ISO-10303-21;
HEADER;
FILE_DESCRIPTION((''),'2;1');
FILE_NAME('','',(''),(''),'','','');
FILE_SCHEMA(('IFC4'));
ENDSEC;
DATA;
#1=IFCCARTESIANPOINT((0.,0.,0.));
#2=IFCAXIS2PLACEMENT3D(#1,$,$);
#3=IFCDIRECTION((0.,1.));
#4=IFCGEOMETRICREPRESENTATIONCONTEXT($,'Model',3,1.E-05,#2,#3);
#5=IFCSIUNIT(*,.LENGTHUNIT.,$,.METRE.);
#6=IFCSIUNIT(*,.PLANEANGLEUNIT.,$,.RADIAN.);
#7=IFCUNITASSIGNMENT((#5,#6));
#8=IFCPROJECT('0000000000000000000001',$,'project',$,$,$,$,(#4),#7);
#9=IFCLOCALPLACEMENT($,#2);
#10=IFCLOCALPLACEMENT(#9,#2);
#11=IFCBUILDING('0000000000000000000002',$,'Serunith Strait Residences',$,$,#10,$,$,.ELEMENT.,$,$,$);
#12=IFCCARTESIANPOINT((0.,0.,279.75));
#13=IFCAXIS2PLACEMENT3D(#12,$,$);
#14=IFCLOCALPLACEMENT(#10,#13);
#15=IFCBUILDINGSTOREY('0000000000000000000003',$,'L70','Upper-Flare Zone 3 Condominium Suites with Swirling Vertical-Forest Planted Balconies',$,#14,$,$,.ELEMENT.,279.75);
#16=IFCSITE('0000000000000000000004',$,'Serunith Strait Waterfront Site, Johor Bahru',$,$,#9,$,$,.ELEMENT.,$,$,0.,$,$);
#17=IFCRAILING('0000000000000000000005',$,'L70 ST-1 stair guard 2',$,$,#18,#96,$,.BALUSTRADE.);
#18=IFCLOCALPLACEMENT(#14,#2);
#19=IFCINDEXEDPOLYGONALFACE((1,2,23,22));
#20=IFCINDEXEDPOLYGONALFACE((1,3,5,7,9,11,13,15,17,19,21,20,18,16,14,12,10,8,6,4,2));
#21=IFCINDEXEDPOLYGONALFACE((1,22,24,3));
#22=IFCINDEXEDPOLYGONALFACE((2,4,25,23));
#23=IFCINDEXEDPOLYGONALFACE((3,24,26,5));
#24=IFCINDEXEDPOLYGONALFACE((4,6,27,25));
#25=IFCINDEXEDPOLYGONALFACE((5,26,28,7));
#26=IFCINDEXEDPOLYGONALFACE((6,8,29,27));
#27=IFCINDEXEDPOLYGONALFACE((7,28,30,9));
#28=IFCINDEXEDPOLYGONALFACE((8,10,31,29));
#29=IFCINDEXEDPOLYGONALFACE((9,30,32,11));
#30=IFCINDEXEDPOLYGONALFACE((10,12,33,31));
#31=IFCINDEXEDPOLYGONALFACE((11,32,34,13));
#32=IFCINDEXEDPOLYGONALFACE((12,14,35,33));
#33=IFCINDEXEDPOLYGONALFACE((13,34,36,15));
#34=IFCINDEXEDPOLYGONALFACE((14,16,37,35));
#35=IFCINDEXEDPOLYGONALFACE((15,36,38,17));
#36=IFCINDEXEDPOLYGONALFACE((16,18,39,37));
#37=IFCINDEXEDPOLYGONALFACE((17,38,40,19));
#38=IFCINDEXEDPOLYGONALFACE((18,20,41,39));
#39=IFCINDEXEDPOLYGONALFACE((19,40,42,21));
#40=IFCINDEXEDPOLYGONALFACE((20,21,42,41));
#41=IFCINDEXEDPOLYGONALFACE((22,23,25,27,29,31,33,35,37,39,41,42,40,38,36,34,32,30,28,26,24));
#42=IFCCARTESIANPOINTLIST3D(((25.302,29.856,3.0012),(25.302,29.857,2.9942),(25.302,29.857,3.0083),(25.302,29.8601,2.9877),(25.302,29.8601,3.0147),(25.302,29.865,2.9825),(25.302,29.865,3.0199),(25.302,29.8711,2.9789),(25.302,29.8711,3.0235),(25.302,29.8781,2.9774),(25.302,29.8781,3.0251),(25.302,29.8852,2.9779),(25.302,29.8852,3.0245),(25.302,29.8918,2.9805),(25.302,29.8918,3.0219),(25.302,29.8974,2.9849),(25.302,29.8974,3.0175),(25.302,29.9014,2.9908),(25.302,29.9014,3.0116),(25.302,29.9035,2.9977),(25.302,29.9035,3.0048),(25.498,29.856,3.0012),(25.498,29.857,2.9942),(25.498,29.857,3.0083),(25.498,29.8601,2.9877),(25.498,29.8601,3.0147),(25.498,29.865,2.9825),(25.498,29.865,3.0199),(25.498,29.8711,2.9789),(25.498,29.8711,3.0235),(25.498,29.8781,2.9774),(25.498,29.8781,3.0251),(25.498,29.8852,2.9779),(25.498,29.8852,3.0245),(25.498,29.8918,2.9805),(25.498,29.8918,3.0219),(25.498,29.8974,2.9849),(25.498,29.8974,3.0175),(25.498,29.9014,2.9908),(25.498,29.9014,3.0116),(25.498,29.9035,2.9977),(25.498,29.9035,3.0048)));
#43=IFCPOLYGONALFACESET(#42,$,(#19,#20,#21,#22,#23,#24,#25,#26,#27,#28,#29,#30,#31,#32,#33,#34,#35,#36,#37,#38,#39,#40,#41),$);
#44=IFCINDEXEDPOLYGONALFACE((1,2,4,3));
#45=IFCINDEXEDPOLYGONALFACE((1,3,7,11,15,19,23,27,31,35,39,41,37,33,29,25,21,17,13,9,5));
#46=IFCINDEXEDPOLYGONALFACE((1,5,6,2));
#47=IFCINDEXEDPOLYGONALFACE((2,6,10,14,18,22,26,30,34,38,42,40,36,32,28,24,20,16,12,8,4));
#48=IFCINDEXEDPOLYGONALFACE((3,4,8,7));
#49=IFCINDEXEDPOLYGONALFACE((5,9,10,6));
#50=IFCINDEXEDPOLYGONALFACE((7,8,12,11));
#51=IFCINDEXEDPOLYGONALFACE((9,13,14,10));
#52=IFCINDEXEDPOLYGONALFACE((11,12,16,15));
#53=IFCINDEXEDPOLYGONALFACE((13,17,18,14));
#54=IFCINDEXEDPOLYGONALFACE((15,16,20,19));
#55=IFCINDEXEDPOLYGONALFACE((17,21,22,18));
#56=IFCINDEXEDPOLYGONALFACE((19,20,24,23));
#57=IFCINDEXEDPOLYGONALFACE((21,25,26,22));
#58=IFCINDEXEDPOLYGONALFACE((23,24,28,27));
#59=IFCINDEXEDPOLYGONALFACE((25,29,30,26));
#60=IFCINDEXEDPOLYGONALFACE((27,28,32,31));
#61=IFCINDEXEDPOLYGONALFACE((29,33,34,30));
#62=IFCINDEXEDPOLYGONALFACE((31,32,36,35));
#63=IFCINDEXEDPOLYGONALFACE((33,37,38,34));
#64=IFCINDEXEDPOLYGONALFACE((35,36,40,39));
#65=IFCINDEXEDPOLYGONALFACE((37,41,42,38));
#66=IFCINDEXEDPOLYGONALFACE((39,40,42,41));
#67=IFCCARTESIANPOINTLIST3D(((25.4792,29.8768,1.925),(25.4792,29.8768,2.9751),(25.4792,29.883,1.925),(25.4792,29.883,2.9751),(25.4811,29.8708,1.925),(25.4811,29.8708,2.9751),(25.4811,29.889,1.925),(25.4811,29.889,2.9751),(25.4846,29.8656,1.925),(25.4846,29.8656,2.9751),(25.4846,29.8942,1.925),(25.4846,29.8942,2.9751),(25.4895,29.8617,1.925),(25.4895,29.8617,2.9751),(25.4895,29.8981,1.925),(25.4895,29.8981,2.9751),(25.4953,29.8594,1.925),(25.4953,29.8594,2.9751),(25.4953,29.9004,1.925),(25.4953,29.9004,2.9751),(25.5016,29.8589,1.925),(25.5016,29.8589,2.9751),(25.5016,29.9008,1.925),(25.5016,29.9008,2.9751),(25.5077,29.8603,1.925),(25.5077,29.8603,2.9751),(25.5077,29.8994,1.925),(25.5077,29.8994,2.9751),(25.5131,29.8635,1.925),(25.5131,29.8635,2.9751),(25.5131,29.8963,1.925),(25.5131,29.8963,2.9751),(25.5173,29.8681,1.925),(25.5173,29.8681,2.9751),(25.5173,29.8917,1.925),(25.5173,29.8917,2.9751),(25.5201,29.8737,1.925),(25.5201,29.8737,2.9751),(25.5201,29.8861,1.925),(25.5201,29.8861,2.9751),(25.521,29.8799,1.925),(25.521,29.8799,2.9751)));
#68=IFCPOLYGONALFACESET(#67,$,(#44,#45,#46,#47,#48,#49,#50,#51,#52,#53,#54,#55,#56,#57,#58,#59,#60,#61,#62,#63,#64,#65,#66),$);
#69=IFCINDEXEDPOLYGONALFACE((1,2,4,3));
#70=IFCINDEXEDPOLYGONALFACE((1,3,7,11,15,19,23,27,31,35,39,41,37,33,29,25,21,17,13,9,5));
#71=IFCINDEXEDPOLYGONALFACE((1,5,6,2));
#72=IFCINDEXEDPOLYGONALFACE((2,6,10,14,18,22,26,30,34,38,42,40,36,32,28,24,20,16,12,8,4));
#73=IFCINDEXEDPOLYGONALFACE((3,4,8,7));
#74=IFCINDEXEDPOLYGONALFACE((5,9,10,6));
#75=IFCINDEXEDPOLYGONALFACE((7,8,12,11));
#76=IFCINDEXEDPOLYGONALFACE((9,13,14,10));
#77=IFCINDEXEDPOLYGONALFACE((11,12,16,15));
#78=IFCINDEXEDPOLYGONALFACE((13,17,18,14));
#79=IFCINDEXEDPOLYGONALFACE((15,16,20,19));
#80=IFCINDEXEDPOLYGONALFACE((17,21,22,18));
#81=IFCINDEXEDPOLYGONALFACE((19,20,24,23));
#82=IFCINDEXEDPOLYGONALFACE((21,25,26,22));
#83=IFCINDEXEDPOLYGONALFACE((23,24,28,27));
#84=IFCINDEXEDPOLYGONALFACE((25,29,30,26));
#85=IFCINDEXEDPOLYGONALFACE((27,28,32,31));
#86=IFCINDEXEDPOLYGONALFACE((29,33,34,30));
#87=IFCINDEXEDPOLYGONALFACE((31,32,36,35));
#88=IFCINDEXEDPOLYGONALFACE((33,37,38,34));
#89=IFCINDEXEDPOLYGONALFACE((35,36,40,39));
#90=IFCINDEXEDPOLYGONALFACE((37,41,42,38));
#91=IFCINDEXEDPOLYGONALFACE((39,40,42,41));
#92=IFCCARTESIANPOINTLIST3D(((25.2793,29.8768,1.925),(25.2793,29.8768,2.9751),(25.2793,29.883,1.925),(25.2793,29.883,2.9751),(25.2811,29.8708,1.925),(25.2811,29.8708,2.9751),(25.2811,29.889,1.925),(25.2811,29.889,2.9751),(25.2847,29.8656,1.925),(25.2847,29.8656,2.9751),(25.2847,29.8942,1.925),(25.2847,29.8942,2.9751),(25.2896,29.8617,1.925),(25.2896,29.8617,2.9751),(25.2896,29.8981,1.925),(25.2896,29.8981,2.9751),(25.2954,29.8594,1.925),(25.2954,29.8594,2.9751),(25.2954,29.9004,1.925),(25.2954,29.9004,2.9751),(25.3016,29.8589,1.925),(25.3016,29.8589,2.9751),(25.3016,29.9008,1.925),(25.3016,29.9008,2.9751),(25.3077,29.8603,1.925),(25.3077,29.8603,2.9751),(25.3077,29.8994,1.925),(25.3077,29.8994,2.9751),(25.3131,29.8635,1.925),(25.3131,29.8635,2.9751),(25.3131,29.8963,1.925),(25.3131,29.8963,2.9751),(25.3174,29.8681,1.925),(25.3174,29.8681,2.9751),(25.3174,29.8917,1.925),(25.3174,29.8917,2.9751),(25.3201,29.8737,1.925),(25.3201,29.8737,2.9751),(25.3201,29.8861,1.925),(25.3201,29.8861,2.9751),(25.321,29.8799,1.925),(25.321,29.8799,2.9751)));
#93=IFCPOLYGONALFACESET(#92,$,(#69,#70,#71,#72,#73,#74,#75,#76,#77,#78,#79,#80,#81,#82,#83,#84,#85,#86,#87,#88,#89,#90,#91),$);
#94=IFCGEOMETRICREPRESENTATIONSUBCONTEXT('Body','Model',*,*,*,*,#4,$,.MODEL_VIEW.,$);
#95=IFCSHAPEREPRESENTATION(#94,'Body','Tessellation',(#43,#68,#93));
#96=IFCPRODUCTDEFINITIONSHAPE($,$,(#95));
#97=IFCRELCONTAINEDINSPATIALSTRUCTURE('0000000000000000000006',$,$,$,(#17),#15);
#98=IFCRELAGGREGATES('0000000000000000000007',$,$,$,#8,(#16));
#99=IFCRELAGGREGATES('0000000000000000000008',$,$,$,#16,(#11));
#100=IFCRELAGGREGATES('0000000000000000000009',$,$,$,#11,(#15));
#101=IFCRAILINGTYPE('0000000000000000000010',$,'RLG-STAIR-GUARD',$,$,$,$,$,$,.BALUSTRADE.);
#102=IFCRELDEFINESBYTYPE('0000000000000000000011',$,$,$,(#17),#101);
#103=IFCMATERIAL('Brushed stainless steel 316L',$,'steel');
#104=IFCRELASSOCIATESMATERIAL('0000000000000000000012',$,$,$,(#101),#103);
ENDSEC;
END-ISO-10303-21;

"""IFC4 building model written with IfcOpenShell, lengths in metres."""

from ifc_helpers import new_model, si_unit, direction, frame, origin, origin_2d, place, context, subcontext, project, spatial, circle, extrude, material, type_object, element, save


model = new_model("IFC4")

# Units and contexts
model_context = context("Model", 3, precision=1e-05, world=origin(), true_north=direction((0.0, 1.0)))
body_context = subcontext(model_context, "Body", "Model", "MODEL_VIEW")
ifc_project = project(units=[si_unit("LENGTHUNIT", "METRE"), si_unit("PLANEANGLEUNIT", "RADIAN")], contexts=[model_context])

# Site, building, storey
site_placement = place(None, origin())
site = spatial("IfcSite", under=ifc_project, at=site_placement, Name="Serunith Strait Waterfront Site, Johor Bahru", CompositionType="ELEMENT", RefElevation=0.0)
building_placement = place(site_placement, origin())
building = spatial("IfcBuilding", under=site, at=building_placement, Name="Serunith Strait Residences", CompositionType="ELEMENT")
storey_placement = place(building_placement, frame((0.0, 0.0, 279.75)))
storey = spatial("IfcBuildingStorey", under=building, at=storey_placement, Name="L70", Description="Upper-Flare Zone 3 Condominium Suites with Swirling Vertical-Forest Planted Balconies", CompositionType="ELEMENT", Elevation=279.75)

# Railing
ifc_material_1 = material(Name="Brushed stainless steel 316L", Category="steel")
railing_type_1 = type_object("IfcRailingType", Name="RLG-STAIR-GUARD", PredefinedType="BALUSTRADE", material=ifc_material_1)
railing_1_placement = place(storey_placement, frame((25.5, 29.8799, 1.925)))
element("IfcRailing", 1, at=railing_1_placement, inside=storey, type_object=railing_type_1, Name="L70 ST-1 stair guard 2", PredefinedType="BALUSTRADE", context=body_context, shape_type="SweptSolid", body=[
    extrude(circle(Radius=0.0239, at=origin_2d()), frame((-0.002, 0.0, 1.0762), z_axis=(-1.0, 0.0, 0.0), x_axis=(0.0, -1.0, 0.0)), (0.0, 0.0, 1.0), 0.196),
    extrude(circle(Radius=0.021, at=origin_2d()), origin(), (0.0, 0.0, 1.0), 1.05),
    extrude(circle(Radius=0.021, at=origin_2d()), frame((-0.2, 0.0, 0.0)), (0.0, 0.0, 1.0), 1.05),
])

save(model, "model.ifc")
